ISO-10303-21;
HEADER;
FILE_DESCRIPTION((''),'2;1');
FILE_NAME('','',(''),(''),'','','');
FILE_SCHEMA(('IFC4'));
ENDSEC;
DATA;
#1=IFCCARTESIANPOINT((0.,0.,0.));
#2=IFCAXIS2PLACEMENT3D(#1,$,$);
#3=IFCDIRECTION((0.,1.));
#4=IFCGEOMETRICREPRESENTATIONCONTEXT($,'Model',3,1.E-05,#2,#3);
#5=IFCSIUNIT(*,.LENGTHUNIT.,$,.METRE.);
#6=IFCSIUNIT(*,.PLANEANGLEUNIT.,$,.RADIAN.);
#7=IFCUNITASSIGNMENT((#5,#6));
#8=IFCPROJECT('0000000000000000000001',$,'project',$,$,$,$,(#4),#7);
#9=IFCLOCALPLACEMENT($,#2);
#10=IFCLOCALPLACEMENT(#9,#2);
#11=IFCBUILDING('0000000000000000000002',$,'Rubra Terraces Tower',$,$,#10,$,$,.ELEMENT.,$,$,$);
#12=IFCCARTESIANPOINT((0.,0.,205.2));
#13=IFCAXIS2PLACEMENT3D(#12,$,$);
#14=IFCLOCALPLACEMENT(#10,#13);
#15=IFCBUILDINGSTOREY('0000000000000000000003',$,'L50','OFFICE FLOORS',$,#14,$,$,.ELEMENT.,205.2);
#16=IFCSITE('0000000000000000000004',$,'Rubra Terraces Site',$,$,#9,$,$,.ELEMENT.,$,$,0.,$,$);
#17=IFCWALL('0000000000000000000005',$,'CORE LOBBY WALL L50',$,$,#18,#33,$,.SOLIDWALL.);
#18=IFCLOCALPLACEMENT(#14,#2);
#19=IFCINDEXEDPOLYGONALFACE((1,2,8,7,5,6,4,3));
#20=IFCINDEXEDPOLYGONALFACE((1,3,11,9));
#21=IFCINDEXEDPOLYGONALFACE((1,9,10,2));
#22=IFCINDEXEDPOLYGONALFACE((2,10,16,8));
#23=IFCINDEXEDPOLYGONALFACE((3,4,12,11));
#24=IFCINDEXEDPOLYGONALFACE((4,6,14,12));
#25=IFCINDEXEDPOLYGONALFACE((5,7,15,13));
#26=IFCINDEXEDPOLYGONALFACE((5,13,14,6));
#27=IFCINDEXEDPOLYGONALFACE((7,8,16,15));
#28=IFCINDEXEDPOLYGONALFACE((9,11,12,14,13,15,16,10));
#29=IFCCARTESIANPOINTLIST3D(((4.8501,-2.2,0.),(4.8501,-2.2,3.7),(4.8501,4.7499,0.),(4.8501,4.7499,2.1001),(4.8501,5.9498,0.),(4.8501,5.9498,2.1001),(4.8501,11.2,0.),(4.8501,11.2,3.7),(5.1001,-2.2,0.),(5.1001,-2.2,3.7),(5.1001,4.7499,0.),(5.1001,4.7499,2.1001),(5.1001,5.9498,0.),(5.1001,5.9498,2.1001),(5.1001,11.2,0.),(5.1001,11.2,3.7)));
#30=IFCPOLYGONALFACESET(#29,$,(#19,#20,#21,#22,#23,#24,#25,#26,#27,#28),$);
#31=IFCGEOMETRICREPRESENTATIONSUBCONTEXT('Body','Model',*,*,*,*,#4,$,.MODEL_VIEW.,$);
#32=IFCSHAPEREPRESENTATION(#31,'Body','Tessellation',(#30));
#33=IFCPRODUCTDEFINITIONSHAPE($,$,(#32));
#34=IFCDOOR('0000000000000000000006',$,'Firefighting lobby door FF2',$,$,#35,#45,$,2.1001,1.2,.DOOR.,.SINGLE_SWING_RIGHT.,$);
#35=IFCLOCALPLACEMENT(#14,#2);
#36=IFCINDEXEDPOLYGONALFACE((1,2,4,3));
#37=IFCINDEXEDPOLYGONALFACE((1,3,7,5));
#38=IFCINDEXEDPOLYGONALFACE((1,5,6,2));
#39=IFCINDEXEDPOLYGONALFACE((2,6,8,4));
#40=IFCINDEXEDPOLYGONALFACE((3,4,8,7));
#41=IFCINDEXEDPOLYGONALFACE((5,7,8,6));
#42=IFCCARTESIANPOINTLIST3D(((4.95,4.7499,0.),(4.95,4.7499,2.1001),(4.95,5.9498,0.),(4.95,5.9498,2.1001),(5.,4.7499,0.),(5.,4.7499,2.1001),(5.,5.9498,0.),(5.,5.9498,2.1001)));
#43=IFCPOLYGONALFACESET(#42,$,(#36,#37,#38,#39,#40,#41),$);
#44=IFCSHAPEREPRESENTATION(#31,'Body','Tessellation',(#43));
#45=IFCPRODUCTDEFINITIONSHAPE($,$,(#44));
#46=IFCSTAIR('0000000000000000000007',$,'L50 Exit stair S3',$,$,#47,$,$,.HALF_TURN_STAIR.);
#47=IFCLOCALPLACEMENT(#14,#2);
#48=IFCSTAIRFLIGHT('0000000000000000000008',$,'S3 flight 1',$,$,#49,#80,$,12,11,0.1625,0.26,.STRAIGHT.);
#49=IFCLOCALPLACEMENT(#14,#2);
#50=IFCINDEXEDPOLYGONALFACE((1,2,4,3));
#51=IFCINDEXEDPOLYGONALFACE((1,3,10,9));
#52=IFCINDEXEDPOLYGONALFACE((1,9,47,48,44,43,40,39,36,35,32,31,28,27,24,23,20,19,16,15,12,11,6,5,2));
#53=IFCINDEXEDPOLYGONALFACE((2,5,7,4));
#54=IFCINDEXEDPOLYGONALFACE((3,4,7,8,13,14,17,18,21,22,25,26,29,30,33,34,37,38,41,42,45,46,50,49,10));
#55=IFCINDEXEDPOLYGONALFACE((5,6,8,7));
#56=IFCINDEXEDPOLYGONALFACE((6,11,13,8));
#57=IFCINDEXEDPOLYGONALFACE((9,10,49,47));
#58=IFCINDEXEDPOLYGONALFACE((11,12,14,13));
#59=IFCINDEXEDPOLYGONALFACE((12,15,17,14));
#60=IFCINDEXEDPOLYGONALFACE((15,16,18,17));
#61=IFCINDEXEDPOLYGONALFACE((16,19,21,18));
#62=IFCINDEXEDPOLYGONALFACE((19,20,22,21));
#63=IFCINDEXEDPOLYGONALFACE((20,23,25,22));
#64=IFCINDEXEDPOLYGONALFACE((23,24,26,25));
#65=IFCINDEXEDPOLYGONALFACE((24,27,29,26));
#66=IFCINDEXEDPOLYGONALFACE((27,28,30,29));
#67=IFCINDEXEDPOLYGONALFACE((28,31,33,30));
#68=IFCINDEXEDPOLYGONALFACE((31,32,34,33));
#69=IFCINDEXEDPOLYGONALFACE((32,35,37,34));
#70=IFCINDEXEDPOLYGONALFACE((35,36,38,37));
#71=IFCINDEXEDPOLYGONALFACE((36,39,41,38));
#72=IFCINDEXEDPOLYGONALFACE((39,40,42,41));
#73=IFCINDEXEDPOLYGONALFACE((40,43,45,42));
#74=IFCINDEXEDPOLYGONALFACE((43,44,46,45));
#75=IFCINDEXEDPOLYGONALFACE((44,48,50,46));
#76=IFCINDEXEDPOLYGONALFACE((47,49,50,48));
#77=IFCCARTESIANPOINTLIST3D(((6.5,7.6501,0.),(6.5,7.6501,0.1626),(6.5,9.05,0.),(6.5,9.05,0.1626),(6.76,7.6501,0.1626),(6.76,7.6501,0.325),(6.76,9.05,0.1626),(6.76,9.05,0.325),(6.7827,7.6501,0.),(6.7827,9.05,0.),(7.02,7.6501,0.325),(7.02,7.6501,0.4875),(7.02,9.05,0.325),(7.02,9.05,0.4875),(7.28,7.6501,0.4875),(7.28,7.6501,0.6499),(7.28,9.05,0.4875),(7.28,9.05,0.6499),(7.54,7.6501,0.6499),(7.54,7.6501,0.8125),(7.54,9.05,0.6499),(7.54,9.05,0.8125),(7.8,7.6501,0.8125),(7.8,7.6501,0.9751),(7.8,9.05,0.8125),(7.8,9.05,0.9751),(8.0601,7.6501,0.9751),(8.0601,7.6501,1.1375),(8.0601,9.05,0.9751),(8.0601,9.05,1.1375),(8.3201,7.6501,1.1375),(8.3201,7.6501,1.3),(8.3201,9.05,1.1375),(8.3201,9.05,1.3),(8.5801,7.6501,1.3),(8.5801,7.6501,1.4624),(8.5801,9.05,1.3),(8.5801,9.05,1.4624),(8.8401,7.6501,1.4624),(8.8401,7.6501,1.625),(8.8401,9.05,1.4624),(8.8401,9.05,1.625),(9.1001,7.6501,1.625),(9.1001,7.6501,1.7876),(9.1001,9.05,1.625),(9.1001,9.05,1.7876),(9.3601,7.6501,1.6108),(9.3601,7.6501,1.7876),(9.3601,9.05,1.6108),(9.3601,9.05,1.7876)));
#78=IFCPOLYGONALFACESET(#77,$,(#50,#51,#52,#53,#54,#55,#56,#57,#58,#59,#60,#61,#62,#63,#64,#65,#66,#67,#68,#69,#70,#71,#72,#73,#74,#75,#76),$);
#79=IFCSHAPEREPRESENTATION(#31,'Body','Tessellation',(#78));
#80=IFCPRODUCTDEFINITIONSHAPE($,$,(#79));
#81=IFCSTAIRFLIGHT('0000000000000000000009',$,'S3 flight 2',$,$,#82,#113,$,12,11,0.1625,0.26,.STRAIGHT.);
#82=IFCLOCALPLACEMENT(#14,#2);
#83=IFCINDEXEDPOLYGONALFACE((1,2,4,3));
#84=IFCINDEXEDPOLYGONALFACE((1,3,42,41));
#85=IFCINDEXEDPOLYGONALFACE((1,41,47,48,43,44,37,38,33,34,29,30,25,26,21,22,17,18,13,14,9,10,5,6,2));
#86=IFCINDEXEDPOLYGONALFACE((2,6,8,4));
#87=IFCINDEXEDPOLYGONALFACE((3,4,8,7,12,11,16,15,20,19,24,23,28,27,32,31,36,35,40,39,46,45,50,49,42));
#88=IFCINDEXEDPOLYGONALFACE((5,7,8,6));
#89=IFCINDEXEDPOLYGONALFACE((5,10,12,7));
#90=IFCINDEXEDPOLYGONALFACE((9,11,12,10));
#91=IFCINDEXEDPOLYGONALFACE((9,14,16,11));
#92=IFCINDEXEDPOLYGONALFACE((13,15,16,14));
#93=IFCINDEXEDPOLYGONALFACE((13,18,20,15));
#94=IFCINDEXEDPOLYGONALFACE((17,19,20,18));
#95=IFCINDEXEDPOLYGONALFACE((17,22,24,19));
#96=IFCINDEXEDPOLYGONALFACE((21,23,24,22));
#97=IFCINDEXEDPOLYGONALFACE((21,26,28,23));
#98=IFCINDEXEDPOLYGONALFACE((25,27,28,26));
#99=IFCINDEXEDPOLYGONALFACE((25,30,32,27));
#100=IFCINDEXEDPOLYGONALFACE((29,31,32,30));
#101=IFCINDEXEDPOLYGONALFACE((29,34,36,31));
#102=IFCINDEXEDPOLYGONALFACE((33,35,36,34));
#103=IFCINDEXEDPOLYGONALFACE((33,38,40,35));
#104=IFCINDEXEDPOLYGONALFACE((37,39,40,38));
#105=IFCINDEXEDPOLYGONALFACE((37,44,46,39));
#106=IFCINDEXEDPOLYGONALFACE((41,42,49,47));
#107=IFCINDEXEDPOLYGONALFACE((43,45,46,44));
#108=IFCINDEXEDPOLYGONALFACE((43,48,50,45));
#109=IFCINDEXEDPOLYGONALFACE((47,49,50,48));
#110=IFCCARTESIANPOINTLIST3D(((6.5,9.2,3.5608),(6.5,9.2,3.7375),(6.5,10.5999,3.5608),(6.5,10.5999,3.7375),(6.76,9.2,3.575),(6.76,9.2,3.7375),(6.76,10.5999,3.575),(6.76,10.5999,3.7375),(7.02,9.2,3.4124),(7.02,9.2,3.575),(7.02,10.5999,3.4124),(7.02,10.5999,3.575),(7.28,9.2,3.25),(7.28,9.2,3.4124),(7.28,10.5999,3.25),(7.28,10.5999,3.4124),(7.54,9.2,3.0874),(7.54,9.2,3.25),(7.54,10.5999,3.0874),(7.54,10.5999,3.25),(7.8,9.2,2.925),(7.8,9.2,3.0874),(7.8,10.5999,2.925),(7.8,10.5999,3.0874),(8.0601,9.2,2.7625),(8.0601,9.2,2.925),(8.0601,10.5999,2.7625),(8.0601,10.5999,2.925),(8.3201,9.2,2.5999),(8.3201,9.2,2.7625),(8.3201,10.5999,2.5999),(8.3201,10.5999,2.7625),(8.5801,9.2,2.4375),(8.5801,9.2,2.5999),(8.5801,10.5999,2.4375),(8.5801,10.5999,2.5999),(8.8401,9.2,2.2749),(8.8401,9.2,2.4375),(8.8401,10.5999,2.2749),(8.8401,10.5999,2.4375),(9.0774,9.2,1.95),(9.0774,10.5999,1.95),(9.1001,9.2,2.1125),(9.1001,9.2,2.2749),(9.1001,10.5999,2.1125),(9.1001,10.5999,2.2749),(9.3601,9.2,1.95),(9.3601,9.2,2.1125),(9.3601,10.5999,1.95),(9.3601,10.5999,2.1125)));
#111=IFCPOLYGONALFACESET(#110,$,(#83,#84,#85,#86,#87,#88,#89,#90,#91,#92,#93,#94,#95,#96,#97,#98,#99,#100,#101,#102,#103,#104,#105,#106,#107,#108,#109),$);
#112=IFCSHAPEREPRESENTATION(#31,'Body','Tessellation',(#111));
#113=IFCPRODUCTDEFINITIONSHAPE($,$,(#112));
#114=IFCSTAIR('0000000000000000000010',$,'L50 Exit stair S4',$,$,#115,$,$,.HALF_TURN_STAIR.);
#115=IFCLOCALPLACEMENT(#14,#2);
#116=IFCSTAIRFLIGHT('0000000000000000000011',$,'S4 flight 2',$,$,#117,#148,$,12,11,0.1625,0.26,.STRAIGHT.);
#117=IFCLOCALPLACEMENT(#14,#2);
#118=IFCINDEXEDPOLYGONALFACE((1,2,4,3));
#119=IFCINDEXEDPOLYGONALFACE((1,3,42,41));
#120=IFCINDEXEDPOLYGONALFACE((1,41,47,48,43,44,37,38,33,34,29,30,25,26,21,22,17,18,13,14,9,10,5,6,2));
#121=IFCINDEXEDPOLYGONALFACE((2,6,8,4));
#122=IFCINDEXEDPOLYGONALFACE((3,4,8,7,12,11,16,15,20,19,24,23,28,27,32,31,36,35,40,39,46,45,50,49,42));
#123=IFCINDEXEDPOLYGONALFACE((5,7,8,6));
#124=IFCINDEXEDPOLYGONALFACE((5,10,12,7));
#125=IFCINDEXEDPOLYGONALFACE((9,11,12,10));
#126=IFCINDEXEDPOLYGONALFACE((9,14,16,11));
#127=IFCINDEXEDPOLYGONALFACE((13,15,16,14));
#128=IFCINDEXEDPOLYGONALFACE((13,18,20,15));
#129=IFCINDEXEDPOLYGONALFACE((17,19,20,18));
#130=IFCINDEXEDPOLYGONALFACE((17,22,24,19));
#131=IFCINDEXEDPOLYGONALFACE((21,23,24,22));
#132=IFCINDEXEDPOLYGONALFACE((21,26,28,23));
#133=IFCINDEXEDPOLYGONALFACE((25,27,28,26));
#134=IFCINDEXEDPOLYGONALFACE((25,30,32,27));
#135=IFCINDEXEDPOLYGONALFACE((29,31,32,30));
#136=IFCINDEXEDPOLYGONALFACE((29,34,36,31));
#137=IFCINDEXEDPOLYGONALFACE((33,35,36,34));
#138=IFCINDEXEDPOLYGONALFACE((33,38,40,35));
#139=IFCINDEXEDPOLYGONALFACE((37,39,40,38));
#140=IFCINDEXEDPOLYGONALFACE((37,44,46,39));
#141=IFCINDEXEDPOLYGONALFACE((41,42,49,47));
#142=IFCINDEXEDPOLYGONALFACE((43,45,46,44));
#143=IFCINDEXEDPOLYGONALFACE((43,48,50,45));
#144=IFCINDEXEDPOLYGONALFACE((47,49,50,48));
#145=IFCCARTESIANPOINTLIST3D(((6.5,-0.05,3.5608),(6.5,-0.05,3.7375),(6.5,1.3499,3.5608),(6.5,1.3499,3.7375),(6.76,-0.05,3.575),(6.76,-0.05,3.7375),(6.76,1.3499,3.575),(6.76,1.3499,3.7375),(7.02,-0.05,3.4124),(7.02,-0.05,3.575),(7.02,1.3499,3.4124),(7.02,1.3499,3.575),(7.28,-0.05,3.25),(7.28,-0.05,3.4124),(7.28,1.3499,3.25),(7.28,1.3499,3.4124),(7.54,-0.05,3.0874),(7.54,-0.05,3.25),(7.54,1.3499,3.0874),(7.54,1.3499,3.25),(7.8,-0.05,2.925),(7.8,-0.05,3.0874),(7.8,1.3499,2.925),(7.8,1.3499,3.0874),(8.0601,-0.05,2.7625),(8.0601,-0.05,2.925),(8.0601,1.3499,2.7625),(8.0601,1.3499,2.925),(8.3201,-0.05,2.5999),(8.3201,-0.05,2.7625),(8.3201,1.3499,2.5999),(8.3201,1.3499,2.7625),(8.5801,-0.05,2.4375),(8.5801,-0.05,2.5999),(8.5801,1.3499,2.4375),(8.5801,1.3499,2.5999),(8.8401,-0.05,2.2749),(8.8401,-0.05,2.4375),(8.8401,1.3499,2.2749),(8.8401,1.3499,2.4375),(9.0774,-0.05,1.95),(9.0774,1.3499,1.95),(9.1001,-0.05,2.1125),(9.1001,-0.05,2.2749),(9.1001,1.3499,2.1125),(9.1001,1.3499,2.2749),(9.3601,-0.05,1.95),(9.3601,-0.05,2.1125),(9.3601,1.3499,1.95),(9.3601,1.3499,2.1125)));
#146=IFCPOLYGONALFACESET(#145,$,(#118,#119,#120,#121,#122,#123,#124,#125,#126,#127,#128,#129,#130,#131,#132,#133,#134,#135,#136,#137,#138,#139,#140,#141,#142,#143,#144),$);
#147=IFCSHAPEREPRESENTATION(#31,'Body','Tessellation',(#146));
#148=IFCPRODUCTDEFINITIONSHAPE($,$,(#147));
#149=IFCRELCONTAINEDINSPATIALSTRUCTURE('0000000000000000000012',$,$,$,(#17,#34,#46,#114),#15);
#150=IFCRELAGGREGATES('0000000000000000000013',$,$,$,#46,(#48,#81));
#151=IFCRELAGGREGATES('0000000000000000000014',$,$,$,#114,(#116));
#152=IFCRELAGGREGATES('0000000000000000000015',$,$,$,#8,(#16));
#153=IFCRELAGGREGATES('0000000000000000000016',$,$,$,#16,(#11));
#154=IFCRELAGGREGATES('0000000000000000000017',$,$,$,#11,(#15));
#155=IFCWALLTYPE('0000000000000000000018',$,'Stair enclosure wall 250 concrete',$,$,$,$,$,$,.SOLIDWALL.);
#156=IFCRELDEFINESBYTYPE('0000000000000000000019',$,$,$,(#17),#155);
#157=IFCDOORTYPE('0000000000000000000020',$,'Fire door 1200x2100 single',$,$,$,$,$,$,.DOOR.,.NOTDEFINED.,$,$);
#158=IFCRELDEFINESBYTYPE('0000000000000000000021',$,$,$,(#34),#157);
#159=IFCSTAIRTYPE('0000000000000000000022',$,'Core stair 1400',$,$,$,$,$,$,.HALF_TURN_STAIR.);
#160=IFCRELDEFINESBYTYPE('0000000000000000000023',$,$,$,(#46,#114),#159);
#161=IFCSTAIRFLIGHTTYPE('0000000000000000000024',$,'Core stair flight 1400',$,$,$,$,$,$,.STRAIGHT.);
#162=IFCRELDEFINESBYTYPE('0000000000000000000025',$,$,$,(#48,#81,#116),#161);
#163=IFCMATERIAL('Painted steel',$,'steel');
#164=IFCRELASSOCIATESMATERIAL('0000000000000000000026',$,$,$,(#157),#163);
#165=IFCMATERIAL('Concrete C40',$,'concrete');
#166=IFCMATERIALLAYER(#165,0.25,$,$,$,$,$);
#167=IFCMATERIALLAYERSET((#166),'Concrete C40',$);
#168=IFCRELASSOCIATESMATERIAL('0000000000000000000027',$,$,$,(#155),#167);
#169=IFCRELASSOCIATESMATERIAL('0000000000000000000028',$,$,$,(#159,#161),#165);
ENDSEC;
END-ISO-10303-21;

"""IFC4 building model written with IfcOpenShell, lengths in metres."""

from ifc_helpers import new_model, si_unit, direction, frame, frame_2d, origin, place, context, subcontext, project, spatial, polyline, rectangle, outline, extrude, material, layer, layer_set, type_object, element, fill, aggregate, save


model = new_model("IFC4")

# Units and contexts
model_context = context("Model", 3, precision=1e-05, world=origin(), true_north=direction((0.0, 1.0)))
body_context = subcontext(model_context, "Body", "Model", "MODEL_VIEW")
ifc_project = project(units=[si_unit("LENGTHUNIT", "METRE"), si_unit("PLANEANGLEUNIT", "RADIAN")], contexts=[model_context])

# Site, building, storey
site_placement = place(None, origin())
site = spatial("IfcSite", under=ifc_project, at=site_placement, Name="Rubra Terraces Site", CompositionType="ELEMENT", RefElevation=0.0)
building_placement = place(site_placement, origin())
building = spatial("IfcBuilding", under=site, at=building_placement, Name="Rubra Terraces Tower", CompositionType="ELEMENT")
storey_placement = place(building_placement, frame((0.0, 0.0, 205.2)))
storey = spatial("IfcBuildingStorey", under=building, at=storey_placement, Name="L50", Description="OFFICE FLOORS", CompositionType="ELEMENT", Elevation=205.2)

# Shared definitions
ifc_material_1 = material(Name="Concrete C40", Category="concrete")

# Shared definitions
ifc_material_2 = material(Name="Painted steel", Category="steel")
door_type_1 = type_object("IfcDoorType", Name="Fire door 1200x2100 single", OperationType="NOTDEFINED", PredefinedType="DOOR", material=ifc_material_2)

# Wall, opening, door
ifc_layer_1 = layer(ifc_material_1, 0.25)
ifc_layer_set_1 = layer_set([ifc_layer_1], Name="Concrete C40")
wall_type_1 = type_object("IfcWallType", Name="Stair enclosure wall 250 concrete", PredefinedType="SOLIDWALL", material=ifc_layer_set_1)
wall_1_placement = place(storey_placement, frame((4.9751, 11.2, 0.0), z_axis=(0.0, 0.0, 1.0), x_axis=(0.0, -1.0, 0.0)))
wall_1 = element("IfcWall", 1, at=wall_1_placement, inside=storey, type_object=wall_type_1, Name="CORE LOBBY WALL L50", PredefinedType="SOLIDWALL", context=body_context, shape_type="SweptSolid", body=[
    extrude(rectangle(XDim=13.3999, YDim=0.25, at=frame_2d((6.7, 0.0))), origin(), (0.0, 0.0, 1.0), 3.7),
])
opening_1_placement = place(wall_1_placement, frame((5.25, 0.0, 0.0)))
opening_1 = element("IfcOpeningElement", 2, at=opening_1_placement, cuts=wall_1, PredefinedType="OPENING", context=body_context, shape_type="SweptSolid", body=[
    extrude(rectangle(XDim=1.2, YDim=2.1001, at=frame_2d((0.6001, 1.05))), frame((0.0, 0.135, 0.0), z_axis=(0.0, -1.0, 0.0), x_axis=(1.0, 0.0, 0.0)), (0.0, 0.0, 1.0), 0.27),
])
door_1_placement = place(opening_1_placement, origin())
door_1 = element("IfcDoor", 3, at=door_1_placement, inside=storey, type_object=door_type_1, Name="Firefighting lobby door FF2", OperationType="SINGLE_SWING_RIGHT", OverallHeight=2.1001, OverallWidth=1.2, PredefinedType="DOOR", context=body_context, shape_type="SweptSolid", body=[
    extrude(rectangle(XDim=1.2, YDim=2.1001, at=frame_2d((0.6001, 1.05))), frame((0.0, 0.0249, 0.0), z_axis=(0.0, -1.0, 0.0), x_axis=(1.0, 0.0, 0.0)), (0.0, 0.0, 1.0), 0.05),
])
fill(opening_1, door_1)

# Stair, stair flights
stair_type = type_object("IfcStairType", Name="Core stair 1400", PredefinedType="HALF_TURN_STAIR", material=ifc_material_1)
stair_1_placement = place(storey_placement, origin())
stair_1 = element("IfcStair", 4, at=stair_1_placement, inside=storey, type_object=stair_type, Name="L50 Exit stair S3", PredefinedType="HALF_TURN_STAIR")
stair_flight_type = type_object("IfcStairFlightType", Name="Core stair flight 1400", PredefinedType="STRAIGHT", material=ifc_material_1)
stair_flight_1_placement = place(storey_placement, frame((6.5, 8.3501, 0.0), z_axis=(0.0, 0.0, 1.0), x_axis=(1.0, 0.0, 0.0)))
stair_flight_1 = element("IfcStairFlight", 5, at=stair_flight_1_placement, type_object=stair_flight_type, Name="S3 flight 1", NumberOfRisers=12, NumberOfTreads=11, PredefinedType="STRAIGHT", RiserHeight=0.1625, TreadLength=0.26, context=body_context, shape_type="SweptSolid", body=[
    extrude(outline(polyline([(0.0, 0.0), (0.0, 0.1626), (0.26, 0.1626), (0.26, 0.325), (0.52, 0.325), (0.52, 0.4875), (0.78, 0.4875), (0.78, 0.6499), (1.04, 0.6499), (1.04, 0.8125), (1.3, 0.8125), (1.3, 0.9751), (1.5601, 0.9751), (1.5601, 1.1375), (1.8201, 1.1375), (1.8201, 1.3), (2.0801, 1.3), (2.0801, 1.4624), (2.3401, 1.4624), (2.3401, 1.625), (2.6001, 1.625), (2.6001, 1.7876), (2.8601, 1.7876), (2.8601, 1.95), (2.8601, 1.6108), (0.2827, 0.0), (0.0, 0.0)])), frame((0.0, 0.7, 0.0), z_axis=(0.0, -1.0, 0.0), x_axis=(1.0, 0.0, 0.0)), (0.0, 0.0, 1.0), 1.3999),
])
stair_flight_2_placement = place(storey_placement, frame((9.3601, 9.8999, 1.95), z_axis=(0.0, 0.0, 1.0), x_axis=(-1.0, 0.0, 0.0)))
stair_flight_2 = element("IfcStairFlight", 6, at=stair_flight_2_placement, type_object=stair_flight_type, Name="S3 flight 2", NumberOfRisers=12, NumberOfTreads=11, PredefinedType="STRAIGHT", RiserHeight=0.1625, TreadLength=0.26, context=body_context, shape_type="SweptSolid", body=[
    extrude(outline(polyline([(0.0, 0.0), (0.0, 0.1626), (0.26, 0.1626), (0.26, 0.325), (0.52, 0.325), (0.52, 0.4875), (0.78, 0.4875), (0.78, 0.6499), (1.04, 0.6499), (1.04, 0.8125), (1.3, 0.8125), (1.3, 0.9751), (1.5601, 0.9751), (1.5601, 1.1375), (1.8201, 1.1375), (1.8201, 1.3), (2.0801, 1.3), (2.0801, 1.4624), (2.3401, 1.4624), (2.3401, 1.625), (2.6001, 1.625), (2.6001, 1.7876), (2.8601, 1.7876), (2.8601, 1.95), (2.8601, 1.6108), (0.2827, 0.0), (0.0, 0.0)])), frame((0.0, 0.7, 0.0), z_axis=(0.0, -1.0, 0.0), x_axis=(1.0, 0.0, 0.0)), (0.0, 0.0, 1.0), 1.3999),
])
aggregate(stair_1, [stair_flight_1, stair_flight_2])

# Stair, stair flight
stair_2_placement = place(storey_placement, origin())
stair_2 = element("IfcStair", 7, at=stair_2_placement, inside=storey, type_object=stair_type, Name="L50 Exit stair S4", PredefinedType="HALF_TURN_STAIR")
stair_flight_3_placement = place(storey_placement, frame((9.3601, 0.6499, 1.95), z_axis=(0.0, 0.0, 1.0), x_axis=(-1.0, 0.0, 0.0)))
stair_flight_3 = element("IfcStairFlight", 8, at=stair_flight_3_placement, type_object=stair_flight_type, Name="S4 flight 2", NumberOfRisers=12, NumberOfTreads=11, PredefinedType="STRAIGHT", RiserHeight=0.1625, TreadLength=0.26, context=body_context, shape_type="SweptSolid", body=[
    extrude(outline(polyline([(0.0, 0.0), (0.0, 0.1626), (0.26, 0.1626), (0.26, 0.325), (0.52, 0.325), (0.52, 0.4875), (0.78, 0.4875), (0.78, 0.6499), (1.04, 0.6499), (1.04, 0.8125), (1.3, 0.8125), (1.3, 0.9751), (1.5601, 0.9751), (1.5601, 1.1375), (1.8201, 1.1375), (1.8201, 1.3), (2.0801, 1.3), (2.0801, 1.4624), (2.3401, 1.4624), (2.3401, 1.625), (2.6001, 1.625), (2.6001, 1.7876), (2.8601, 1.7876), (2.8601, 1.95), (2.8601, 1.6108), (0.2827, 0.0), (0.0, 0.0)])), frame((0.0, 0.7, 0.0), z_axis=(0.0, -1.0, 0.0), x_axis=(1.0, 0.0, 0.0)), (0.0, 0.0, 1.0), 1.3999),
])
aggregate(stair_2, [stair_flight_3])

save(model, "model.ifc")
